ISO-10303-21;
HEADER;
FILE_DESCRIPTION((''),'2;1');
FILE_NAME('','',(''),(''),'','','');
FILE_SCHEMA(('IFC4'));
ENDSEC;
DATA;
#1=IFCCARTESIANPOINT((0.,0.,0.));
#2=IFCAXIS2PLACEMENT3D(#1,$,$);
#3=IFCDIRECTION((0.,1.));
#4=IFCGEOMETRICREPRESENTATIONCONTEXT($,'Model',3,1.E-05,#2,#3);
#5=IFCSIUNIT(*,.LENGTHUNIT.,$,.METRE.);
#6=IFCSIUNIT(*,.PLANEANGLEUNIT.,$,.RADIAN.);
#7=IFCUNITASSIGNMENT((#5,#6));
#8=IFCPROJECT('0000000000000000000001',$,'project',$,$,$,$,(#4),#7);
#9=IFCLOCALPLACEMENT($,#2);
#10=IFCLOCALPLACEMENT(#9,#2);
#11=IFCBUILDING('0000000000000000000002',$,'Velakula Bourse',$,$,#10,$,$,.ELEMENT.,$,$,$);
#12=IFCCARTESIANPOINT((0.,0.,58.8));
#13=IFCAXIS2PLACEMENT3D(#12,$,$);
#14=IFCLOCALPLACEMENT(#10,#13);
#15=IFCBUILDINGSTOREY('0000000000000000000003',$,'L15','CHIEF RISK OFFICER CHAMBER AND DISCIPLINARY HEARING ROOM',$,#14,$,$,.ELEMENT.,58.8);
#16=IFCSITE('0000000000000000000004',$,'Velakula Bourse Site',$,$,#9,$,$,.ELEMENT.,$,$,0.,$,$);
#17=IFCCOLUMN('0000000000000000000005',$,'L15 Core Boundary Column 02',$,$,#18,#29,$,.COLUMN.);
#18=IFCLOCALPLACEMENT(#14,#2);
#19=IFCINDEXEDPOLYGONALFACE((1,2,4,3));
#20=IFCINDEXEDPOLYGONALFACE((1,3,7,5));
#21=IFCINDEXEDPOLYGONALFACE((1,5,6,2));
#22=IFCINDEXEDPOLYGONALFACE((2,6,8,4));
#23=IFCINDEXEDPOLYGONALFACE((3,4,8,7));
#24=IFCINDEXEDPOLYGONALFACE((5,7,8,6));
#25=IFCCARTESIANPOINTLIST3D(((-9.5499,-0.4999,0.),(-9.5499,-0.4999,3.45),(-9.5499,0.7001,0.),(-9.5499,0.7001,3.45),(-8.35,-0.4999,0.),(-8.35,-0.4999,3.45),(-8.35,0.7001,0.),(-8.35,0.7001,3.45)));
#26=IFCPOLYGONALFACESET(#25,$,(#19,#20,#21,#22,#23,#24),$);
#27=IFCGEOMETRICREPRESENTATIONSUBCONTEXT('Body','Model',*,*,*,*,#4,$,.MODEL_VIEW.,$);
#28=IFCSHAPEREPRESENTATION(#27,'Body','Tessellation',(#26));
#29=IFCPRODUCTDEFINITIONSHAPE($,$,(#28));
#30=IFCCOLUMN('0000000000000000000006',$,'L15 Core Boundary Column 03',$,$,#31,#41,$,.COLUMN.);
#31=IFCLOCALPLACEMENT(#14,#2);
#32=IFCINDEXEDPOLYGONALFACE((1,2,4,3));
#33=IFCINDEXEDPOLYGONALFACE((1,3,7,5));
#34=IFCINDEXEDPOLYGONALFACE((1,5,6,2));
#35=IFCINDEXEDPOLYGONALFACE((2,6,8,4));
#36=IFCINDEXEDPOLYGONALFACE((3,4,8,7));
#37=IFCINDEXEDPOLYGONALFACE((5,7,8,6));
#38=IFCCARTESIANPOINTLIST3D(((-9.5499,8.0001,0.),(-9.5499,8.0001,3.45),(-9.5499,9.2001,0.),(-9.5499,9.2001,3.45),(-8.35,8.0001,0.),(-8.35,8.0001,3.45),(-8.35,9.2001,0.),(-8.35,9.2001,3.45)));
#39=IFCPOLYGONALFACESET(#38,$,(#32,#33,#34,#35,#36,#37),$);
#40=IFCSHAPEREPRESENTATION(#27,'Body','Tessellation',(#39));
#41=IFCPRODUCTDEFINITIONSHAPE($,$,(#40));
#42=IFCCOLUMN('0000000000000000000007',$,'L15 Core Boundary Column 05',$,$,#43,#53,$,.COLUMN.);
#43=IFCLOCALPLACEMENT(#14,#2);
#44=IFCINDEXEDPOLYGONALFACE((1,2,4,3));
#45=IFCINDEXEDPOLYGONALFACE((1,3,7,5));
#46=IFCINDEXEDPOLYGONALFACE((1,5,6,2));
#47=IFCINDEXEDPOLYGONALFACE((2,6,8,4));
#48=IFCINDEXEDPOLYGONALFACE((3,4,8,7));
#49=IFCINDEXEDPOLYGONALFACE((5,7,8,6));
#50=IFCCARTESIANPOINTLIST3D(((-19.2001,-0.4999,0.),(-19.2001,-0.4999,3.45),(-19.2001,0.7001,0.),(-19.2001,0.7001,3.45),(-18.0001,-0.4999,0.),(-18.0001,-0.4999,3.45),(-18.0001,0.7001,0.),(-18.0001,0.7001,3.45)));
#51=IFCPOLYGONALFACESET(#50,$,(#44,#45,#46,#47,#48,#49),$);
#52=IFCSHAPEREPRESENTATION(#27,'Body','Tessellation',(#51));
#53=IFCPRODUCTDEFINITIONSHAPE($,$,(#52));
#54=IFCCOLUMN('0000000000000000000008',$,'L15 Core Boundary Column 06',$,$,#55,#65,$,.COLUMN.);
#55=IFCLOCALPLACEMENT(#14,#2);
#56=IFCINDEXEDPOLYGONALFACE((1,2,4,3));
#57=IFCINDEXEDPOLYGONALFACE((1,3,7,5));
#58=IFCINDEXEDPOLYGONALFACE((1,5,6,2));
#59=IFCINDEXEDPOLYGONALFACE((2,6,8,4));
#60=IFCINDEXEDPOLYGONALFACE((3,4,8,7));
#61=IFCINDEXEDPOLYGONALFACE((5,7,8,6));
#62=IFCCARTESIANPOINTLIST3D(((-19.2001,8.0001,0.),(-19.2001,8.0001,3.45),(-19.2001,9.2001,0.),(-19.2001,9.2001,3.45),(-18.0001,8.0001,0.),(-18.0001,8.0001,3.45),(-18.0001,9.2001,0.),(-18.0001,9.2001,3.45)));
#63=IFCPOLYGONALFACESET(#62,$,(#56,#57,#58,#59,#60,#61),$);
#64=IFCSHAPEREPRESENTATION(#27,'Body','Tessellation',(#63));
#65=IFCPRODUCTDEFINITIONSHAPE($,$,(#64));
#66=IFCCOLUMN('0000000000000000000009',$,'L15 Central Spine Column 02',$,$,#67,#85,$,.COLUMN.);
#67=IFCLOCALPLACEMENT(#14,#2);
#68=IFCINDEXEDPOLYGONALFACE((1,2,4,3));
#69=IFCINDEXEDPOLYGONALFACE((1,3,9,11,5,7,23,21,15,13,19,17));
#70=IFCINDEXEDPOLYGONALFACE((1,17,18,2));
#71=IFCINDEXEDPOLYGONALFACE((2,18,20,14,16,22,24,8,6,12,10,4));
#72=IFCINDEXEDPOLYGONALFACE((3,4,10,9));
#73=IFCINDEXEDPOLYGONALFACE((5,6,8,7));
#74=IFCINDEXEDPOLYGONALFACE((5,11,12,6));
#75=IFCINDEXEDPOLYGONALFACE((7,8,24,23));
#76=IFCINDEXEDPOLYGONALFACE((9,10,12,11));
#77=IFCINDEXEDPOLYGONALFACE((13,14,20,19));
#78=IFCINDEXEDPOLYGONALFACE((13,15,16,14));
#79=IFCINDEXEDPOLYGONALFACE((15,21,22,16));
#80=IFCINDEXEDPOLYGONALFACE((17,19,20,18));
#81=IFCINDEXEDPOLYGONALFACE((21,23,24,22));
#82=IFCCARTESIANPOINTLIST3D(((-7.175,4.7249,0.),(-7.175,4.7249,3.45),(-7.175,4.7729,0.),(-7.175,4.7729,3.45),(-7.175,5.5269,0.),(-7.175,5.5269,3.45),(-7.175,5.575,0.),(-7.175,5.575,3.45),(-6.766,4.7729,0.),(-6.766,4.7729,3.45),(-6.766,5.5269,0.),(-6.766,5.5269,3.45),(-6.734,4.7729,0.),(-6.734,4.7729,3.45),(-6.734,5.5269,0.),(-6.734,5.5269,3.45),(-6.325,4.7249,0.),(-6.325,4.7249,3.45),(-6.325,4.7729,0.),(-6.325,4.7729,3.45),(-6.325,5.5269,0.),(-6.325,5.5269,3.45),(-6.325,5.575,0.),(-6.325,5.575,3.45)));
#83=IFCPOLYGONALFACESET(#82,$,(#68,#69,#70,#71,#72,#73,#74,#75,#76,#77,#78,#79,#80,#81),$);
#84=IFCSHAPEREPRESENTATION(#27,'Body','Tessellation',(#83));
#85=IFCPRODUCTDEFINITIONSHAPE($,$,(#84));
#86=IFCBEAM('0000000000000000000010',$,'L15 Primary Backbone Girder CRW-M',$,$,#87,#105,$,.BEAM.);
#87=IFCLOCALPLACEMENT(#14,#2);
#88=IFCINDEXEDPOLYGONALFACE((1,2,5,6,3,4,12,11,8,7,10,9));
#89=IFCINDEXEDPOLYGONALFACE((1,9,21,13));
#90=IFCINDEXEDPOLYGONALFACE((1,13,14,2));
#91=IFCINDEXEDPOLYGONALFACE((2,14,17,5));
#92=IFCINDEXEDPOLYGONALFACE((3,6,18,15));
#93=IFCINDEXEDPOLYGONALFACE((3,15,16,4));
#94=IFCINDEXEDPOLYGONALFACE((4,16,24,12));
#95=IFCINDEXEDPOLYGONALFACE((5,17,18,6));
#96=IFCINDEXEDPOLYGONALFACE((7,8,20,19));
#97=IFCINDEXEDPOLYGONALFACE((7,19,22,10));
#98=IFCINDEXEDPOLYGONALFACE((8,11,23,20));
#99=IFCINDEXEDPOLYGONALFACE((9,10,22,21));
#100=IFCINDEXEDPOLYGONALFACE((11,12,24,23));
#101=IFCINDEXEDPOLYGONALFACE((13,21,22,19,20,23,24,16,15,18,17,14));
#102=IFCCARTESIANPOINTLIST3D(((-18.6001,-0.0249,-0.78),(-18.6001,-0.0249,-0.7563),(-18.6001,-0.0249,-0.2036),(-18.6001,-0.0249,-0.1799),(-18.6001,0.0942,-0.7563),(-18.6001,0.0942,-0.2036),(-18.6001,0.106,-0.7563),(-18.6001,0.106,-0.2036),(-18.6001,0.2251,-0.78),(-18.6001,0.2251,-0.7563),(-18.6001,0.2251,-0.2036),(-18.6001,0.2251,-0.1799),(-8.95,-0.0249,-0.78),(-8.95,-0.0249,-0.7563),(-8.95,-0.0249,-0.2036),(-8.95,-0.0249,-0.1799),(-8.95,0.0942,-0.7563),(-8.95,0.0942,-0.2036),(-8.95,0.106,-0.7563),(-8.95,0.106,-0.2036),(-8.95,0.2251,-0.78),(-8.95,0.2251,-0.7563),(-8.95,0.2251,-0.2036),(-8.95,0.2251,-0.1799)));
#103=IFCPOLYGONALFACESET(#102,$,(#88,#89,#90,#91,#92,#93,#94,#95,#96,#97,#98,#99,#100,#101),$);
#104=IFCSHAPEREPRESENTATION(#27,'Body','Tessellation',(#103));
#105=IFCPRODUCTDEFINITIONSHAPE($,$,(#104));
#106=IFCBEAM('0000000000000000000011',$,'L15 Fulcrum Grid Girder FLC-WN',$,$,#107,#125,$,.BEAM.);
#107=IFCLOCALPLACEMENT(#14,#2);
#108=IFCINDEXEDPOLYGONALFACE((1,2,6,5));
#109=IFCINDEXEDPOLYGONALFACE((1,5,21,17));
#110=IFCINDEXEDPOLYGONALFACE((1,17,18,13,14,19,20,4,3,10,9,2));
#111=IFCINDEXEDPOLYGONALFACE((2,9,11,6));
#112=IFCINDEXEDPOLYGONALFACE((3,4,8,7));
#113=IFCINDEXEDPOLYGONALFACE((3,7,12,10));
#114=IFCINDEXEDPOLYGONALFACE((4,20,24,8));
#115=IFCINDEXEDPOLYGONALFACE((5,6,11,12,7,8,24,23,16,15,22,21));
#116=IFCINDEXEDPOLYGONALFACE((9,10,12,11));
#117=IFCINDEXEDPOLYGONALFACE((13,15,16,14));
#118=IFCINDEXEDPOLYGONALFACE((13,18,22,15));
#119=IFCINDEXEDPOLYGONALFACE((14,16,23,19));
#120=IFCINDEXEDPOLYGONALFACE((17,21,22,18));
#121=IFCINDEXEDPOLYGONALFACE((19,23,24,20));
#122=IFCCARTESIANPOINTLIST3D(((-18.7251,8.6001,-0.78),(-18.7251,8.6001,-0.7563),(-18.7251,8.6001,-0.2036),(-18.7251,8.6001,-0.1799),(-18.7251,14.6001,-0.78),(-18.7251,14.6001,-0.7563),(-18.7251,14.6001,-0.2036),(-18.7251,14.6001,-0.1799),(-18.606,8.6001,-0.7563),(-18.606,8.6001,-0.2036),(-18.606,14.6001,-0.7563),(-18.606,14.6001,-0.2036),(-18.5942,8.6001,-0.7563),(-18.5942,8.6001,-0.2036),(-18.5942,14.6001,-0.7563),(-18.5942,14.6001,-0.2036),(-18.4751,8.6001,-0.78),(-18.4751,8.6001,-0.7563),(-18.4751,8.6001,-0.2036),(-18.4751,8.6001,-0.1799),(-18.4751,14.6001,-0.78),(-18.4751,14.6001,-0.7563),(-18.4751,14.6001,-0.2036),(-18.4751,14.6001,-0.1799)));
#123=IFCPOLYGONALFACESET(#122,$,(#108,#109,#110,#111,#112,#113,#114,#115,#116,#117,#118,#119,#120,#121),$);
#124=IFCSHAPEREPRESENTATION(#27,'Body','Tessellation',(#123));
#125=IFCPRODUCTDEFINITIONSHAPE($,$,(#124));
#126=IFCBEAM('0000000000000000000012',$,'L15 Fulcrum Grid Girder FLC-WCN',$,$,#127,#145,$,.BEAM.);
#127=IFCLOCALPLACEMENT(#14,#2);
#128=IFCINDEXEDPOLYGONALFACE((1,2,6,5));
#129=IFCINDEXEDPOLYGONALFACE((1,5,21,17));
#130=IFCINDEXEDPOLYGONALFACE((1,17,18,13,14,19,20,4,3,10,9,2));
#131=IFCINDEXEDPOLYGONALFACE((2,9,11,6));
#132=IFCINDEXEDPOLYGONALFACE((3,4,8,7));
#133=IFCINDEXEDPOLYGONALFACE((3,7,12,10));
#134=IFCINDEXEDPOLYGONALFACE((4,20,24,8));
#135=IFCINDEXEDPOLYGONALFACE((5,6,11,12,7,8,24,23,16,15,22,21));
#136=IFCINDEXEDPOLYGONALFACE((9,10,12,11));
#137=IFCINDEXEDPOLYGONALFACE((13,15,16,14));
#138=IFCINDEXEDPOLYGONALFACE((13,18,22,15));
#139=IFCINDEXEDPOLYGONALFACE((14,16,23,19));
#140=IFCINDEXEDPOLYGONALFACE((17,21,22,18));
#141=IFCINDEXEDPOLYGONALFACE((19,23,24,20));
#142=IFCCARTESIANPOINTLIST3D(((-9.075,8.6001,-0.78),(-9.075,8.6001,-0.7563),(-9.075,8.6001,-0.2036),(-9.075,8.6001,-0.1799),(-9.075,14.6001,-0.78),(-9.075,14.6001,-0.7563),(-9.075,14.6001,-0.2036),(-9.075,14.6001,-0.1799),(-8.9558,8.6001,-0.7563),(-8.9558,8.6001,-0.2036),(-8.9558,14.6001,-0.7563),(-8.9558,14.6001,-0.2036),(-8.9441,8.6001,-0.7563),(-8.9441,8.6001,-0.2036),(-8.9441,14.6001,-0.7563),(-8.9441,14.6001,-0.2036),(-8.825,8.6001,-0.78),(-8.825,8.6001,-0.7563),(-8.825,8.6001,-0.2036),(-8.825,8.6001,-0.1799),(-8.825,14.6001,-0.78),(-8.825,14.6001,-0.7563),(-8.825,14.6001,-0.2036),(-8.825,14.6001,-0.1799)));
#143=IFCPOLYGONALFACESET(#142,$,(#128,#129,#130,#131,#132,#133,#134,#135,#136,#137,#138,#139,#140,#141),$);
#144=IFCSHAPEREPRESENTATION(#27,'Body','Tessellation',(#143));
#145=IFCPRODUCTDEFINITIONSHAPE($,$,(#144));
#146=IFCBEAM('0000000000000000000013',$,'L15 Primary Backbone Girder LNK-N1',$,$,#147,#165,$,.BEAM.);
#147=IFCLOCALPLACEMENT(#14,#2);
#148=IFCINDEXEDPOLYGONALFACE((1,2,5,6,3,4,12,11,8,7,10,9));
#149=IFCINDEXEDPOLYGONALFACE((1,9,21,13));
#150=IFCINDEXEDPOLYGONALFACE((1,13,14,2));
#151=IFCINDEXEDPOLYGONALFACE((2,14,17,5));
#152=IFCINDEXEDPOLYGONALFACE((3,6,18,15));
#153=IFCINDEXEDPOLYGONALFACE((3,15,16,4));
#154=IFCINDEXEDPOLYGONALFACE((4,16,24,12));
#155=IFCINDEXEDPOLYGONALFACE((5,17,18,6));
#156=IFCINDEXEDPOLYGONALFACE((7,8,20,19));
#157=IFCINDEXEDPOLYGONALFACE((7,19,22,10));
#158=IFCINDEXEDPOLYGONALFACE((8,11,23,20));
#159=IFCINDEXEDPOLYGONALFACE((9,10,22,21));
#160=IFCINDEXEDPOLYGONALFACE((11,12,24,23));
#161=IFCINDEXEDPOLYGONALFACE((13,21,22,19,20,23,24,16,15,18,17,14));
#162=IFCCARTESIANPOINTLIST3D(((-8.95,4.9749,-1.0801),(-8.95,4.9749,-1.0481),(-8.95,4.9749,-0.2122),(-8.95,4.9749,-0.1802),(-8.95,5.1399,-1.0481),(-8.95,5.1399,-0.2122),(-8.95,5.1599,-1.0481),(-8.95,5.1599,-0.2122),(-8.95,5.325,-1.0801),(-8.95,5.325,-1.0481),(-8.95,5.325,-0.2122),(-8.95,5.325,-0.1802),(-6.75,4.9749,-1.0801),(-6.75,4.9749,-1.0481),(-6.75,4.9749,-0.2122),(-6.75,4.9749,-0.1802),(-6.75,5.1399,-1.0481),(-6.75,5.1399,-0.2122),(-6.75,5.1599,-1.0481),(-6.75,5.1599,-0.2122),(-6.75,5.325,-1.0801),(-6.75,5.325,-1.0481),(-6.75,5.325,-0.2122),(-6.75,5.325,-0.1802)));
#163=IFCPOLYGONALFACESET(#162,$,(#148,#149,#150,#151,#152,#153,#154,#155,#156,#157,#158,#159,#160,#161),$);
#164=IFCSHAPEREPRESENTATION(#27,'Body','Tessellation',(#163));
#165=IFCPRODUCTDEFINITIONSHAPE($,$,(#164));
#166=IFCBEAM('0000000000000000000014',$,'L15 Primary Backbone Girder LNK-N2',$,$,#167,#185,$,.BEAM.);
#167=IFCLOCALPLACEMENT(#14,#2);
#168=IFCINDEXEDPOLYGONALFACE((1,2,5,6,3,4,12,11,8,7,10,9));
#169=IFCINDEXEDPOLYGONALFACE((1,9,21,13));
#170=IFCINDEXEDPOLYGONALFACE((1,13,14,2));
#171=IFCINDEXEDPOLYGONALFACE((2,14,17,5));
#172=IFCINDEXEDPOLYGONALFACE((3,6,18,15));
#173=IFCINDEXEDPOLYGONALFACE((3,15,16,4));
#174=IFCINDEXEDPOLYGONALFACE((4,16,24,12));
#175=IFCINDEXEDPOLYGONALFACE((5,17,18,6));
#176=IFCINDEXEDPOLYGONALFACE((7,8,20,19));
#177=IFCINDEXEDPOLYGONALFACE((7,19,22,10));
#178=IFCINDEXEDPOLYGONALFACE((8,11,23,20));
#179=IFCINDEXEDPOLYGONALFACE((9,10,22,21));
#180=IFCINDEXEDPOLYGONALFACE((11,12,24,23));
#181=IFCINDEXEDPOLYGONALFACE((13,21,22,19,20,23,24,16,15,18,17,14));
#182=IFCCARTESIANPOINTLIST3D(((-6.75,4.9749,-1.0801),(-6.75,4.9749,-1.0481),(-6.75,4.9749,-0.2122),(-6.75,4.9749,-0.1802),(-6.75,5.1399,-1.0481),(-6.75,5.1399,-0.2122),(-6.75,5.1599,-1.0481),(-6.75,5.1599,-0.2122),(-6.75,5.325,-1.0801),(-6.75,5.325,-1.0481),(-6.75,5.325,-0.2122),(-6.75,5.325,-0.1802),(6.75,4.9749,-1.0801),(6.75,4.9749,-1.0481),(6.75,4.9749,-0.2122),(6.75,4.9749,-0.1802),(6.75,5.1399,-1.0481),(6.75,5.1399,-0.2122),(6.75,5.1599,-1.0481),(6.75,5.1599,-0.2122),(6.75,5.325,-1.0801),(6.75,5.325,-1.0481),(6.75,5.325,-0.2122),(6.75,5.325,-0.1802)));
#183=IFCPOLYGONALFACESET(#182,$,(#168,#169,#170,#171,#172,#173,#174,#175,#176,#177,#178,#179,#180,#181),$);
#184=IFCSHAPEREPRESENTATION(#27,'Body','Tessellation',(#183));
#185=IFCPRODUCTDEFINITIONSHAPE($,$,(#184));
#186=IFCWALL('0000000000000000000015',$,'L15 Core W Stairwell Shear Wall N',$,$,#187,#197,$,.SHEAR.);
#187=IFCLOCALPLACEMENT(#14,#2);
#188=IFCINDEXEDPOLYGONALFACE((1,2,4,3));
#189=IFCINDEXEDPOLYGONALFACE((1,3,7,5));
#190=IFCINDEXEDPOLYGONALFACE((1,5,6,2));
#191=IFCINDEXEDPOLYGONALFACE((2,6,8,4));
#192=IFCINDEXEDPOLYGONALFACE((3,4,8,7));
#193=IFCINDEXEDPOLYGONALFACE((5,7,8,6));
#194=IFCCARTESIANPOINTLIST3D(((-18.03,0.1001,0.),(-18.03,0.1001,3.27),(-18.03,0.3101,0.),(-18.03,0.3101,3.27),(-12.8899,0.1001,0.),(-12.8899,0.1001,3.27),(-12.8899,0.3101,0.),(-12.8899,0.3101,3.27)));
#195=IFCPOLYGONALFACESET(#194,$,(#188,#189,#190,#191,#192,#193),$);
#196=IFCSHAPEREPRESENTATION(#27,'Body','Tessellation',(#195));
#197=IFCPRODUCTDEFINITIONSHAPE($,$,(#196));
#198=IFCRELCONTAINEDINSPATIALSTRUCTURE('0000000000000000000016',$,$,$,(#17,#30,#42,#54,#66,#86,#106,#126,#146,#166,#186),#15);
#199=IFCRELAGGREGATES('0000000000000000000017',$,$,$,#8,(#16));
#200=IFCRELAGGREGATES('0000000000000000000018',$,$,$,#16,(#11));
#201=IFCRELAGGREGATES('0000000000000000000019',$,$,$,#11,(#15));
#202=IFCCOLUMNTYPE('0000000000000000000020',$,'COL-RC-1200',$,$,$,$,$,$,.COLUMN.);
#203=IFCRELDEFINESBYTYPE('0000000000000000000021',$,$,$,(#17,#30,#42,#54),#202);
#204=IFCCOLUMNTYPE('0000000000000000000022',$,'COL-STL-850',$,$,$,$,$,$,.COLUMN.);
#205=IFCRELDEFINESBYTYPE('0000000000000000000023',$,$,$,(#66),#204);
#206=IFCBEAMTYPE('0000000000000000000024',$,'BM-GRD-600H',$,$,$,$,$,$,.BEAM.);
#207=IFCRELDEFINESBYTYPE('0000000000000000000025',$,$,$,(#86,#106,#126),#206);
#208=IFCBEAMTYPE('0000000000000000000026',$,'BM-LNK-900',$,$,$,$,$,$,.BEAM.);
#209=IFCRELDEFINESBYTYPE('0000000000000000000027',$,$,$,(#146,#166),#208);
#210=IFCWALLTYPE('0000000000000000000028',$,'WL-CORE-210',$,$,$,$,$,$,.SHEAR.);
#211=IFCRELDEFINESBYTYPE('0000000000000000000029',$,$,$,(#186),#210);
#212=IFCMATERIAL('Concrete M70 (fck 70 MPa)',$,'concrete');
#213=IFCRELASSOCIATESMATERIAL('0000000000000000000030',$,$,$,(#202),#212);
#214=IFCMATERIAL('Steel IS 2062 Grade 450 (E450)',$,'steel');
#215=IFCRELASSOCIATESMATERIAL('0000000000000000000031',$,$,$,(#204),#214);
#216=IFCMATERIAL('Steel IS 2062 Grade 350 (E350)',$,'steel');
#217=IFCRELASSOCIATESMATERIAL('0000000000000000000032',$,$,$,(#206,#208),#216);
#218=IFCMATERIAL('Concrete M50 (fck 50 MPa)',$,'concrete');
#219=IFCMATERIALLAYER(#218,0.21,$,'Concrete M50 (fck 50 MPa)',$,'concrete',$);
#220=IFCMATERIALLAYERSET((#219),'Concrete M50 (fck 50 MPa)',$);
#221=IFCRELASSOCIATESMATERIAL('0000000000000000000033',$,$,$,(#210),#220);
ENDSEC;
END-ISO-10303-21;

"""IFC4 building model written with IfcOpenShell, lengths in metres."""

from ifc_helpers import new_model, si_unit, direction, frame, frame_2d, origin, origin_2d, place, context, subcontext, project, spatial, rectangle, i_section, extrude, material, layer, layer_set, material_profile, profile_set, type_object, element, save


model = new_model("IFC4")

# Units and contexts
model_context = context("Model", 3, precision=1e-05, world=origin(), true_north=direction((0.0, 1.0)))
body_context = subcontext(model_context, "Body", "Model", "MODEL_VIEW")
ifc_project = project(units=[si_unit("LENGTHUNIT", "METRE"), si_unit("PLANEANGLEUNIT", "RADIAN")], contexts=[model_context])

# Site, building, storey
site_placement = place(None, origin())
site = spatial("IfcSite", under=ifc_project, at=site_placement, Name="Velakula Bourse Site", CompositionType="ELEMENT", RefElevation=0.0)
building_placement = place(site_placement, origin())
building = spatial("IfcBuilding", under=site, at=building_placement, Name="Velakula Bourse", CompositionType="ELEMENT")
storey_placement = place(building_placement, frame((0.0, 0.0, 58.8)))
storey = spatial("IfcBuildingStorey", under=building, at=storey_placement, Name="L15", Description="CHIEF RISK OFFICER CHAMBER AND DISCIPLINARY HEARING ROOM", CompositionType="ELEMENT", Elevation=58.8)

# Columns
ifc_material_1 = material(Name="Concrete M70 (fck 70 MPa)", Category="concrete")
ifc_material_profile_1 = material_profile(ifc_material_1, rectangle(XDim=1.2, YDim=1.2, at=origin_2d()), Name="Concrete M70 (fck 70 MPa)")
ifc_profile_set_1 = profile_set([ifc_material_profile_1], Name="Concrete M70 (fck 70 MPa)")
column_type_1 = type_object("IfcColumnType", Name="COL-RC-1200", PredefinedType="COLUMN", material=ifc_profile_set_1)
for number, where, z_axis, x_axis, name in (
    (1, (-8.95, 0.1001, 0.0), (0.0, 0.0, 1.0), (1.0, 0.0, 0.0), "L15 Core Boundary Column 02"),
    (2, (-8.95, 8.6001, 0.0), (0.0, 0.0, 1.0), (1.0, 0.0, 0.0), "L15 Core Boundary Column 03"),
    (3, (-18.6001, 0.1001, 0.0), (0.0, 0.0, 1.0), (1.0, 0.0, 0.0), "L15 Core Boundary Column 05"),
    (4, (-18.6001, 8.6001, 0.0), (0.0, 0.0, 1.0), (1.0, 0.0, 0.0), "L15 Core Boundary Column 06"),
):
    element("IfcColumn", number, at=place(storey_placement, frame(where, z_axis=z_axis, x_axis=x_axis)), inside=storey, type_object=column_type_1, Name=name, PredefinedType="COLUMN", context=body_context, shape_type="SweptSolid", body=[
        extrude(rectangle(XDim=1.2, YDim=1.2, at=origin_2d()), origin(), (0.0, 0.0, 1.0), 3.45),
    ])
ifc_material_2 = material(Name="Steel IS 2062 Grade 450 (E450)", Category="steel")
ifc_material_profile_2 = material_profile(ifc_material_2, i_section(OverallWidth=0.8501, OverallDepth=0.8501, WebThickness=0.032, FlangeThickness=0.0481, at=origin_2d()), Name="Steel IS 2062 Grade 450 (E450)")
ifc_profile_set_2 = profile_set([ifc_material_profile_2], Name="Steel IS 2062 Grade 450 (E450)")
column_type_2 = type_object("IfcColumnType", Name="COL-STL-850", PredefinedType="COLUMN", material=ifc_profile_set_2)
column_placement = place(storey_placement, frame((-6.75, 5.1499, 0.0), z_axis=(0.0, 0.0, 1.0), x_axis=(1.0, 0.0, 0.0)))
element("IfcColumn", 5, at=column_placement, inside=storey, type_object=column_type_2, Name="L15 Central Spine Column 02", PredefinedType="COLUMN", context=body_context, shape_type="SweptSolid", body=[
    extrude(i_section(OverallWidth=0.8501, OverallDepth=0.8501, WebThickness=0.032, FlangeThickness=0.0481, at=origin_2d()), origin(), (0.0, 0.0, 1.0), 3.45),
])

# Beams
ifc_material_3 = material(Name="Steel IS 2062 Grade 350 (E350)", Category="steel")
ifc_material_profile_3 = material_profile(ifc_material_3, i_section(OverallWidth=0.25, OverallDepth=0.6001, WebThickness=0.0117, FlangeThickness=0.0237, at=origin_2d()), Name="Steel IS 2062 Grade 350 (E350)")
ifc_profile_set_3 = profile_set([ifc_material_profile_3], Name="Steel IS 2062 Grade 350 (E350)")
beam_type_1 = type_object("IfcBeamType", Name="BM-GRD-600H", PredefinedType="BEAM", material=ifc_profile_set_3)
beam_1_placement = place(storey_placement, frame((-18.6001, 0.1001, -0.48), z_axis=(1.0, 0.0, 0.0), x_axis=(0.0, 1.0, 0.0)))
element("IfcBeam", 6, at=beam_1_placement, inside=storey, type_object=beam_type_1, Name="L15 Primary Backbone Girder CRW-M", PredefinedType="BEAM", context=body_context, shape_type="SweptSolid", body=[
    extrude(i_section(OverallWidth=0.25, OverallDepth=0.6001, WebThickness=0.0117, FlangeThickness=0.0237, at=origin_2d()), origin(), (0.0, 0.0, 1.0), 9.6501),
])
for number, where, z_axis, x_axis, name in (
    (7, (-18.6001, 8.6001, -0.48), (0.0, 1.0, 0.0), (-1.0, 0.0, 0.0), "L15 Fulcrum Grid Girder FLC-WN"),
    (8, (-8.95, 8.6001, -0.48), (0.0, 1.0, 0.0), (-1.0, 0.0, 0.0), "L15 Fulcrum Grid Girder FLC-WCN"),
):
    element("IfcBeam", number, at=place(storey_placement, frame(where, z_axis=z_axis, x_axis=x_axis)), inside=storey, type_object=beam_type_1, Name=name, PredefinedType="BEAM", context=body_context, shape_type="SweptSolid", body=[
        extrude(i_section(OverallWidth=0.25, OverallDepth=0.6001, WebThickness=0.0117, FlangeThickness=0.0237, at=origin_2d()), origin(), (0.0, 0.0, 1.0), 6.0),
    ])
ifc_material_profile_4 = material_profile(ifc_material_3, i_section(OverallWidth=0.3501, OverallDepth=0.8999, WebThickness=0.02, FlangeThickness=0.032, at=origin_2d()), Name="Steel IS 2062 Grade 350 (E350)")
ifc_profile_set_4 = profile_set([ifc_material_profile_4], Name="Steel IS 2062 Grade 350 (E350)")
beam_type_2 = type_object("IfcBeamType", Name="BM-LNK-900", PredefinedType="BEAM", material=ifc_profile_set_4)
beam_2_placement = place(storey_placement, frame((-8.95, 5.1499, -0.6301), z_axis=(1.0, 0.0, 0.0), x_axis=(0.0, 1.0, 0.0)))
element("IfcBeam", 9, at=beam_2_placement, inside=storey, type_object=beam_type_2, Name="L15 Primary Backbone Girder LNK-N1", PredefinedType="BEAM", context=body_context, shape_type="SweptSolid", body=[
    extrude(i_section(OverallWidth=0.3501, OverallDepth=0.8999, WebThickness=0.02, FlangeThickness=0.032, at=origin_2d()), origin(), (0.0, 0.0, 1.0), 2.2),
])
beam_3_placement = place(storey_placement, frame((-6.75, 5.1499, -0.6301), z_axis=(1.0, 0.0, 0.0), x_axis=(0.0, 1.0, 0.0)))
element("IfcBeam", 10, at=beam_3_placement, inside=storey, type_object=beam_type_2, Name="L15 Primary Backbone Girder LNK-N2", PredefinedType="BEAM", context=body_context, shape_type="SweptSolid", body=[
    extrude(i_section(OverallWidth=0.3501, OverallDepth=0.8999, WebThickness=0.02, FlangeThickness=0.032, at=origin_2d()), origin(), (0.0, 0.0, 1.0), 13.5),
])

# Wall
ifc_material_4 = material(Name="Concrete M50 (fck 50 MPa)", Category="concrete")
ifc_layer_1 = layer(ifc_material_4, 0.21, Name="Concrete M50 (fck 50 MPa)", Category="concrete")
ifc_layer_set_1 = layer_set([ifc_layer_1], Name="Concrete M50 (fck 50 MPa)")
wall_type_1 = type_object("IfcWallType", Name="WL-CORE-210", PredefinedType="SHEAR", material=ifc_layer_set_1)
wall_1_placement = place(storey_placement, frame((-12.8899, 0.2051, 0.0), z_axis=(0.0, 0.0, 1.0), x_axis=(-1.0, 0.0, 0.0)))
element("IfcWall", 11, at=wall_1_placement, inside=storey, type_object=wall_type_1, Name="L15 Core W Stairwell Shear Wall N", PredefinedType="SHEAR", context=body_context, shape_type="SweptSolid", body=[
    extrude(rectangle(XDim=5.1401, YDim=0.21, at=frame_2d((2.5701, 0.0))), origin(), (0.0, 0.0, 1.0), 3.27),
])

save(model, "model.ifc")
